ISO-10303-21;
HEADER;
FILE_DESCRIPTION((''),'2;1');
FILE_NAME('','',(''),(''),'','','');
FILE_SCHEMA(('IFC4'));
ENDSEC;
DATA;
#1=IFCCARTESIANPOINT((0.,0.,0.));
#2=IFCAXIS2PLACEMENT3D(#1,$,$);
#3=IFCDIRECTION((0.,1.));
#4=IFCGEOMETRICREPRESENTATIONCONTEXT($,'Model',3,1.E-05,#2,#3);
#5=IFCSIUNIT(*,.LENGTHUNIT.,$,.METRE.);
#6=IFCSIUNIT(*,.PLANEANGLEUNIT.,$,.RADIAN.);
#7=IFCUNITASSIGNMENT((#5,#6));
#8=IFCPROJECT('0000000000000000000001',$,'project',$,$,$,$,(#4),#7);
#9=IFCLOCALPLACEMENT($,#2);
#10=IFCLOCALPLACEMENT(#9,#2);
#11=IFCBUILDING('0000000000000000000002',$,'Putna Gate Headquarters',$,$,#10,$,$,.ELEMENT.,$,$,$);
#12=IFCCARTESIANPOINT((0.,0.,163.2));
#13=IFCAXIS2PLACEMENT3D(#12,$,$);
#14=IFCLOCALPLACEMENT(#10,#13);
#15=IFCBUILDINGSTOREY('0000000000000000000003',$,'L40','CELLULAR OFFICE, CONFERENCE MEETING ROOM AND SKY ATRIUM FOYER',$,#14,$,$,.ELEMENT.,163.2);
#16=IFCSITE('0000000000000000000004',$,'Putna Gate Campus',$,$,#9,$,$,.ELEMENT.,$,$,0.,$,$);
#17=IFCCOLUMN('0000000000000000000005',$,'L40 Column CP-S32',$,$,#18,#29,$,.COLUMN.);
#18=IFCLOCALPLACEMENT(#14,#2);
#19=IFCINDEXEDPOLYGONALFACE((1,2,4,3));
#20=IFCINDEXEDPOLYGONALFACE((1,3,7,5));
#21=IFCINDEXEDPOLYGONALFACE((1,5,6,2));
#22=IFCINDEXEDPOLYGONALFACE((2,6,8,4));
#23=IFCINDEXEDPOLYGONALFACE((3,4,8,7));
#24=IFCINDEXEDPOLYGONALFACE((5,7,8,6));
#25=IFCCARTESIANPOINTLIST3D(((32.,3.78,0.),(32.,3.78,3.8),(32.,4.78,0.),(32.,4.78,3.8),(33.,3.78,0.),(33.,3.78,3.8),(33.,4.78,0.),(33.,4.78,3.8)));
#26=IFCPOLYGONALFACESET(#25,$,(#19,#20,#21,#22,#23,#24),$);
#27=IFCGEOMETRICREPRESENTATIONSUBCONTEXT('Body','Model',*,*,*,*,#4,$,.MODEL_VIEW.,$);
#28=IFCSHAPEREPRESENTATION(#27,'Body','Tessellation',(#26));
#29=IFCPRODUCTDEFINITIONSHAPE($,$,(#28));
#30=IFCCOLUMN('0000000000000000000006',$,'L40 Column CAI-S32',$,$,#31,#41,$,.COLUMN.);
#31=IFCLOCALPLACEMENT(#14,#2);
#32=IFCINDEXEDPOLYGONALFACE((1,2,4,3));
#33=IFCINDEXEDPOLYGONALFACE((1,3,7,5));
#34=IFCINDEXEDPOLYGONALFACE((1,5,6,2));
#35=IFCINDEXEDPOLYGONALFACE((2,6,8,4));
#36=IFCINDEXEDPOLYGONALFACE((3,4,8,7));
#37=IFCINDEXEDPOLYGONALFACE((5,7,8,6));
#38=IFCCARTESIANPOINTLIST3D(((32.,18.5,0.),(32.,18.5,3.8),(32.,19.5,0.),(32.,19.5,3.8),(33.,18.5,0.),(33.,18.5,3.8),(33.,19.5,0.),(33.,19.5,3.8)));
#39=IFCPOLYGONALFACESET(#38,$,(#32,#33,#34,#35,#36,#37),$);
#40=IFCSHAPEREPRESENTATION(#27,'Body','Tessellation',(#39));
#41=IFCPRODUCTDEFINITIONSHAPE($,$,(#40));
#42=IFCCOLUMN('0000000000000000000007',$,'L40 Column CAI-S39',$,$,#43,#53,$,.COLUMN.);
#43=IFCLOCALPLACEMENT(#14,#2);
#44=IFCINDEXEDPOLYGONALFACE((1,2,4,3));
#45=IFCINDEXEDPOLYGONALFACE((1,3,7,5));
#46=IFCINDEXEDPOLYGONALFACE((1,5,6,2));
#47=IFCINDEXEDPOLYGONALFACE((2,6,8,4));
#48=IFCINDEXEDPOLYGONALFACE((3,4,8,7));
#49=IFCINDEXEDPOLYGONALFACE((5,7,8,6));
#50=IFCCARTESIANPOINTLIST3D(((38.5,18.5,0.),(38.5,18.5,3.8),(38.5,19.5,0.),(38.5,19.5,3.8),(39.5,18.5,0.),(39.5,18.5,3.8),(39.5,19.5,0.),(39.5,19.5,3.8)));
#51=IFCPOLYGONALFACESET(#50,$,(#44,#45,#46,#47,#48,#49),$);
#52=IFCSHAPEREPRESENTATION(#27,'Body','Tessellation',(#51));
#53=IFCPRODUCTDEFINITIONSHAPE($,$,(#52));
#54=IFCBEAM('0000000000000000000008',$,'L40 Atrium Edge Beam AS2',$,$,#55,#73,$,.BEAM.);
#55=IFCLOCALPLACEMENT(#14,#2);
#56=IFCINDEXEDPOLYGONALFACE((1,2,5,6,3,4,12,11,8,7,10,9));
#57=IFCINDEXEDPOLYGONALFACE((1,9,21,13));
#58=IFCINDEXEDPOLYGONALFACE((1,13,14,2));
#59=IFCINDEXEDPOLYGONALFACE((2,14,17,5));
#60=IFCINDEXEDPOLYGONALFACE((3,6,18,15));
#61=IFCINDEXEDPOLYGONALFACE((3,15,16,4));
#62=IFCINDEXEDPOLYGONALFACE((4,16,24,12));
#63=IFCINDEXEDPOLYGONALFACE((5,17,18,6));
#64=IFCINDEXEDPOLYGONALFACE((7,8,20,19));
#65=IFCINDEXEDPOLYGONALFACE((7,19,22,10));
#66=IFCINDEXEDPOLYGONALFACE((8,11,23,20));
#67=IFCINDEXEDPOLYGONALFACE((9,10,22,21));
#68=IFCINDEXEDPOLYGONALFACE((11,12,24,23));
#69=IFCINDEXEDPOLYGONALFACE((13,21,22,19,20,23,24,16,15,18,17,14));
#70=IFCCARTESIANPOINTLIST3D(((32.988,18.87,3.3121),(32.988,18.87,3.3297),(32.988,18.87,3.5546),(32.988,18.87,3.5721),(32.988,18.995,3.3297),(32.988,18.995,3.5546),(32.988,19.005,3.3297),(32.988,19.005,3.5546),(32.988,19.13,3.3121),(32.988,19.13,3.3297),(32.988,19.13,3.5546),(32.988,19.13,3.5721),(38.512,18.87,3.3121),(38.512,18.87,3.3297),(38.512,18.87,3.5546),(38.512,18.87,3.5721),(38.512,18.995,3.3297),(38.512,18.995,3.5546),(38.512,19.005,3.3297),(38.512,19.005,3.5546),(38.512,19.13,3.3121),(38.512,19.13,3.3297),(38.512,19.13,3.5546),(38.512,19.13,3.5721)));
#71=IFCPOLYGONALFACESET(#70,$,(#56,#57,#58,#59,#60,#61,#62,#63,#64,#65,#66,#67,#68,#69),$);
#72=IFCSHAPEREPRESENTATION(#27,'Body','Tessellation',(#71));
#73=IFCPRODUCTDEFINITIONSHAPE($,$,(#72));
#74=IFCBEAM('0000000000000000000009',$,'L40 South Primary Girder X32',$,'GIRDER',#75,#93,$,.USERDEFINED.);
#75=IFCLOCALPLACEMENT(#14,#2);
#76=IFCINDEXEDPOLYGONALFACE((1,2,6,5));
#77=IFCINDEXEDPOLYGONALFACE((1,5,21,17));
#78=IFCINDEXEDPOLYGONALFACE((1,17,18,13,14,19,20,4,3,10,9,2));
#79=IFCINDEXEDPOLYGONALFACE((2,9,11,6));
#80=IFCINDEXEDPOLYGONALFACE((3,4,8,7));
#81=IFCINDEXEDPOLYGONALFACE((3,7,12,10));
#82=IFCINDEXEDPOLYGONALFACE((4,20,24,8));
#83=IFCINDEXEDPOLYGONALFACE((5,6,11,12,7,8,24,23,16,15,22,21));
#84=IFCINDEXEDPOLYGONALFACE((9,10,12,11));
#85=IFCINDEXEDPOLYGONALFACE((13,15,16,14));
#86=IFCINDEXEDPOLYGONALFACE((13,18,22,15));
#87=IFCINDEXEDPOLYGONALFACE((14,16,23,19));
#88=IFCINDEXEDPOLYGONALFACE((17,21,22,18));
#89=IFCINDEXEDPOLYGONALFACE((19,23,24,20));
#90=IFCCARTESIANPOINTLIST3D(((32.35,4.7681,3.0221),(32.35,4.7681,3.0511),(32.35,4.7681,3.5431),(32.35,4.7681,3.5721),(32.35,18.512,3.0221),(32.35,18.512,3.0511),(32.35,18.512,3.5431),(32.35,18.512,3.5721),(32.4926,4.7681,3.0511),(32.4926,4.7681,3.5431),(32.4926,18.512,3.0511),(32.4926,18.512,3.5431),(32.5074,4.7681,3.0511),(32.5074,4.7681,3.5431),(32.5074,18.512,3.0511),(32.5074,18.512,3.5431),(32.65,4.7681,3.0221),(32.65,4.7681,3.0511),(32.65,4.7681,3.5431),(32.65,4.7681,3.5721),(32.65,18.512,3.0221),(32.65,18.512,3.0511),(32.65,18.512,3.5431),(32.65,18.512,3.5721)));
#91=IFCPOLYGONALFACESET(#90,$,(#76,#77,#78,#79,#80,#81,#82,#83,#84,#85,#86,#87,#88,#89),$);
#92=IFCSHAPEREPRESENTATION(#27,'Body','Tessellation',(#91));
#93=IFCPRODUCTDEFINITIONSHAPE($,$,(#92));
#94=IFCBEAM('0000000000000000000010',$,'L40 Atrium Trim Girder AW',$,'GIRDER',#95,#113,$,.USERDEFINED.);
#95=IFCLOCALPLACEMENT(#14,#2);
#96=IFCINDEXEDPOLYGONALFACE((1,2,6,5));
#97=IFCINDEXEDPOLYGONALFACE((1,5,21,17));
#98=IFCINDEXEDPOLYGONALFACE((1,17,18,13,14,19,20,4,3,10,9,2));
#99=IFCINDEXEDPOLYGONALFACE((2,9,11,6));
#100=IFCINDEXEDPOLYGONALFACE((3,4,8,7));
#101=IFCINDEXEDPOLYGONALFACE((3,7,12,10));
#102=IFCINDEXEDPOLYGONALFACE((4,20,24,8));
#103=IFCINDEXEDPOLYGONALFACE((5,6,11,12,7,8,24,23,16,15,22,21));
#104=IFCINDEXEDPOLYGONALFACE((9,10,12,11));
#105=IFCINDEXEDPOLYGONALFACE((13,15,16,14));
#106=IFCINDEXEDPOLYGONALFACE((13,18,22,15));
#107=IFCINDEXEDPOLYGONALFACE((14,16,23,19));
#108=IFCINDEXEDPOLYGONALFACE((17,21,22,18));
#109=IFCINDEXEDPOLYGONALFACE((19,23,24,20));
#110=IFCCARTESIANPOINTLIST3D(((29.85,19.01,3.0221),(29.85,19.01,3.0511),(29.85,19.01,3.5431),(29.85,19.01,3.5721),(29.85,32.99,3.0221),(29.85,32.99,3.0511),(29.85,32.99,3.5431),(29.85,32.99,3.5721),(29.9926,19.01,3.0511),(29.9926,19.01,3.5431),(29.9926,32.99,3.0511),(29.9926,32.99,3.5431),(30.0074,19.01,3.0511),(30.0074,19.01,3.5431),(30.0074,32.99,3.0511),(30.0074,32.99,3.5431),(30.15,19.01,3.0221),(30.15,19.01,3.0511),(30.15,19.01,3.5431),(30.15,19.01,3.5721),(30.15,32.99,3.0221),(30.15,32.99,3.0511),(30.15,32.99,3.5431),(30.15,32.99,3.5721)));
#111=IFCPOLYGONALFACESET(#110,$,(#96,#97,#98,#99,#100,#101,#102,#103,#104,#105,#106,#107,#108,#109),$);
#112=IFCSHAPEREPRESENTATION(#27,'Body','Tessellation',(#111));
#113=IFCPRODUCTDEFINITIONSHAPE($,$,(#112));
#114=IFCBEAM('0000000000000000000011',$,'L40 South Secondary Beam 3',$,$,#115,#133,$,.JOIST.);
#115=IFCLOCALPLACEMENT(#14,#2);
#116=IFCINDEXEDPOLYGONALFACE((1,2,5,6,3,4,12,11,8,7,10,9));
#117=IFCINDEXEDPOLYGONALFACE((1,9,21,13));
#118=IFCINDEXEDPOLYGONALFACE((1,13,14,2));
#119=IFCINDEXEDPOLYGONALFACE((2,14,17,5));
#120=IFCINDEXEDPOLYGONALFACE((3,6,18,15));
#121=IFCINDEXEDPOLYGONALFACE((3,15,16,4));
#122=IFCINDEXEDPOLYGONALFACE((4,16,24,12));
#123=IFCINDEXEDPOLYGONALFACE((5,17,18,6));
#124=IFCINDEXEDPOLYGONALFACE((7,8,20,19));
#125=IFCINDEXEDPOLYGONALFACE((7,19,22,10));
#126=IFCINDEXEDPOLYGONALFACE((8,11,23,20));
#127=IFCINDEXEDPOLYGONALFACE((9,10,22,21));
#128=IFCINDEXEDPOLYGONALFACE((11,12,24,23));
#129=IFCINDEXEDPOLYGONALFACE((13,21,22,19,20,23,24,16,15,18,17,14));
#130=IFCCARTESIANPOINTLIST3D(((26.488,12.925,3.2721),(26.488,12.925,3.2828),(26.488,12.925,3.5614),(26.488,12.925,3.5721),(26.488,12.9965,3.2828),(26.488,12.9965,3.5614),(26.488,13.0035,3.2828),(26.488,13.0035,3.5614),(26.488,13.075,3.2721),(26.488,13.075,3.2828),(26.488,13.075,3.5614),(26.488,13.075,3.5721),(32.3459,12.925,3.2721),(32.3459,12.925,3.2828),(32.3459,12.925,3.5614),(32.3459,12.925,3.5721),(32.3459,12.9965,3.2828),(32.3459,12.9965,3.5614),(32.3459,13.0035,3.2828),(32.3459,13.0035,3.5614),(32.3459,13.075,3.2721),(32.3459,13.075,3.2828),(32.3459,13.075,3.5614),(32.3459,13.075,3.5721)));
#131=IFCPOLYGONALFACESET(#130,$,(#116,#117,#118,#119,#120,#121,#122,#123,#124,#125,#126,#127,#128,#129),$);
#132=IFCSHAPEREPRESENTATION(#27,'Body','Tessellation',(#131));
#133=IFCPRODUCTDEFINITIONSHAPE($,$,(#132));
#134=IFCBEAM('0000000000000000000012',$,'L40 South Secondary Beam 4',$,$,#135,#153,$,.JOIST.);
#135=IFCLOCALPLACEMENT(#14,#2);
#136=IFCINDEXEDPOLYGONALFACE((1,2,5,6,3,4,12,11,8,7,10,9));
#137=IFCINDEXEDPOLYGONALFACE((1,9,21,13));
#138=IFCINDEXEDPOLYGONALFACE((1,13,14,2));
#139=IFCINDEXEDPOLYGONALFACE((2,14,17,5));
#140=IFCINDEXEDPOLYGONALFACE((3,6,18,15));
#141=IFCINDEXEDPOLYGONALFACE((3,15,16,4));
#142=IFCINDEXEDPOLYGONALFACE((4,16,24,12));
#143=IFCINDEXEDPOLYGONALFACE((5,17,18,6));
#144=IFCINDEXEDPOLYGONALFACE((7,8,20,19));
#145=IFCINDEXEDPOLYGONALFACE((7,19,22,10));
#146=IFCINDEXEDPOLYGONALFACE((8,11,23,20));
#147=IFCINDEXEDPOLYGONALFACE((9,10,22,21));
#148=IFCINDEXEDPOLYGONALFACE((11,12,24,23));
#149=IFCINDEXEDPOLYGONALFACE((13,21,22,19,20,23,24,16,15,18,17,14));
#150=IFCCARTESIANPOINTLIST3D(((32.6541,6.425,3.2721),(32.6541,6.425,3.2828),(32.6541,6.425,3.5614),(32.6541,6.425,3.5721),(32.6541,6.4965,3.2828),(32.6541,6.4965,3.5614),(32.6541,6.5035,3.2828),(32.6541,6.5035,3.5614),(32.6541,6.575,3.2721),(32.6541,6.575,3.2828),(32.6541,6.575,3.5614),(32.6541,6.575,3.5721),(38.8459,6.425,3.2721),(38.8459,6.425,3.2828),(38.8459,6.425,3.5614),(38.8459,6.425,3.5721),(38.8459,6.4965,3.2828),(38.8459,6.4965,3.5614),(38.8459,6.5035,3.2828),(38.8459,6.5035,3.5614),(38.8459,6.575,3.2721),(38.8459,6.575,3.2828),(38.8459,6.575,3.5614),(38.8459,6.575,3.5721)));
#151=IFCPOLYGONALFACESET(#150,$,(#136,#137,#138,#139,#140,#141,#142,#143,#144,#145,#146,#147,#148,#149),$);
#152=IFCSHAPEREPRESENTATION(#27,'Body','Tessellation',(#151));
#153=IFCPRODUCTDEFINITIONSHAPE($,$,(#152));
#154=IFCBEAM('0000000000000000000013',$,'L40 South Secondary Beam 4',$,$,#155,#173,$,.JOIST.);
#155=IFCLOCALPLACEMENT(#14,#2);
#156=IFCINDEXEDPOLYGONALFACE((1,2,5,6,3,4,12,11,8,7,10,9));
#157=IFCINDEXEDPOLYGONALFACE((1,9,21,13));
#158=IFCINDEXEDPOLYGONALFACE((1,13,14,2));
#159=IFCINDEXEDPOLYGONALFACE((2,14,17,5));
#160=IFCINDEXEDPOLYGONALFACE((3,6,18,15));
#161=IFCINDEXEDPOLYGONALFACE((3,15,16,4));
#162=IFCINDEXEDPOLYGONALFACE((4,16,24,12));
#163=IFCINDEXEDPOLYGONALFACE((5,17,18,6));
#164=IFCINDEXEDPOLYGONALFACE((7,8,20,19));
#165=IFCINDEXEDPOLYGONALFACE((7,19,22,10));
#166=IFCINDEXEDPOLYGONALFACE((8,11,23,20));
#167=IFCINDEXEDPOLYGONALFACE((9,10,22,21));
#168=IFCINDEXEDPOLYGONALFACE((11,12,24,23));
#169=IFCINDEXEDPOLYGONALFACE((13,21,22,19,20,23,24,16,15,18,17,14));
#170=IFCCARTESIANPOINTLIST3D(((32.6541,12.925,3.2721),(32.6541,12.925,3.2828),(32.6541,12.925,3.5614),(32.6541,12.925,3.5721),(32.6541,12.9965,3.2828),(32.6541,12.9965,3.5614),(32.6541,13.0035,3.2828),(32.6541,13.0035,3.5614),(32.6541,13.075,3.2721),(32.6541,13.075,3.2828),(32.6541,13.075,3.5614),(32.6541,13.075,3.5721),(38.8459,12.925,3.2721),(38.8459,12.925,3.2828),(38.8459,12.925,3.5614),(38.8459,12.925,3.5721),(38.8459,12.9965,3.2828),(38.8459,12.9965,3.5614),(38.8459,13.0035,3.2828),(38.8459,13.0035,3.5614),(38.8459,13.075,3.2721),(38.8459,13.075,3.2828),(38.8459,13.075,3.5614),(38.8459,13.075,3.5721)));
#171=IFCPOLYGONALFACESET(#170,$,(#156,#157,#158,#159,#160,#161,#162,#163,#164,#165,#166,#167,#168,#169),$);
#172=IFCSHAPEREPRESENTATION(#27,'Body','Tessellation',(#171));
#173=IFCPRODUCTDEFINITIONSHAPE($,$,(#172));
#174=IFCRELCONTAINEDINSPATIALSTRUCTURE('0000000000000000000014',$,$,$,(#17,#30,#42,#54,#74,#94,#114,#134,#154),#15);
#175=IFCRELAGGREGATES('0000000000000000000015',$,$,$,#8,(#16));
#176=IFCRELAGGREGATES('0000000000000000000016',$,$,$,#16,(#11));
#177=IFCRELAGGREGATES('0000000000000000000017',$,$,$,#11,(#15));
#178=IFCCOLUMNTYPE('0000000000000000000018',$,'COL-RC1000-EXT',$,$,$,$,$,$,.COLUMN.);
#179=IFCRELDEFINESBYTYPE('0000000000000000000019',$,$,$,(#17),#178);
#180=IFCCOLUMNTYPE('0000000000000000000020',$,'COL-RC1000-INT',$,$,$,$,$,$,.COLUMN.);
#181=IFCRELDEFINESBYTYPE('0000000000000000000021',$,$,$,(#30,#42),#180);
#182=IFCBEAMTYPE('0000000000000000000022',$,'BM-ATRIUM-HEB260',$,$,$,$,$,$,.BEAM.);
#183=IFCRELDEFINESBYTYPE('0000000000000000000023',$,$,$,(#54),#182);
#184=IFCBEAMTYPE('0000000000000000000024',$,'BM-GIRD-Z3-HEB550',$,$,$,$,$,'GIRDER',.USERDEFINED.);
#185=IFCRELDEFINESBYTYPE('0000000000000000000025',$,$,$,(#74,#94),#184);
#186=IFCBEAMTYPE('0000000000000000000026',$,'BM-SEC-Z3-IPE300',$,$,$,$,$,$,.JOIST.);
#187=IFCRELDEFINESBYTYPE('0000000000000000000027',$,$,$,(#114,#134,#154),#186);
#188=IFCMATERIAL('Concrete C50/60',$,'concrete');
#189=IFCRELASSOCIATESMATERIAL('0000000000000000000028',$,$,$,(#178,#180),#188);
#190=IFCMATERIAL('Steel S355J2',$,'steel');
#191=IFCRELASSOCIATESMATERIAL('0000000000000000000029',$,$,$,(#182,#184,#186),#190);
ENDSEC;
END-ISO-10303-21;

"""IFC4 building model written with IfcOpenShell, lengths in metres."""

from ifc_helpers import new_model, si_unit, direction, frame, origin, origin_2d, place, context, subcontext, project, spatial, rectangle, i_section, extrude, material, material_profile, profile_set, type_object, element, save


model = new_model("IFC4")

# Units and contexts
model_context = context("Model", 3, precision=1e-05, world=origin(), true_north=direction((0.0, 1.0)))
body_context = subcontext(model_context, "Body", "Model", "MODEL_VIEW")
ifc_project = project(units=[si_unit("LENGTHUNIT", "METRE"), si_unit("PLANEANGLEUNIT", "RADIAN")], contexts=[model_context])

# Site, building, storey
site_placement = place(None, origin())
site = spatial("IfcSite", under=ifc_project, at=site_placement, Name="Putna Gate Campus", CompositionType="ELEMENT", RefElevation=0.0)
building_placement = place(site_placement, origin())
building = spatial("IfcBuilding", under=site, at=building_placement, Name="Putna Gate Headquarters", CompositionType="ELEMENT")
storey_placement = place(building_placement, frame((0.0, 0.0, 163.2)))
storey = spatial("IfcBuildingStorey", under=building, at=storey_placement, Name="L40", Description="CELLULAR OFFICE, CONFERENCE MEETING ROOM AND SKY ATRIUM FOYER", CompositionType="ELEMENT", Elevation=163.2)

# Columns
ifc_material_1 = material(Name="Concrete C50/60", Category="concrete")
ifc_material_profile_1 = material_profile(ifc_material_1, rectangle(XDim=1.0, YDim=1.0, at=origin_2d()), Name="Concrete C50/60")
ifc_profile_set_1 = profile_set([ifc_material_profile_1], Name="Concrete C50/60")
column_type_1 = type_object("IfcColumnType", Name="COL-RC1000-EXT", PredefinedType="COLUMN", material=ifc_profile_set_1)
column_placement = place(storey_placement, frame((32.5, 4.28, 0.0), z_axis=(0.0, 0.0, 1.0), x_axis=(1.0, 0.0, 0.0)))
element("IfcColumn", 1, at=column_placement, inside=storey, type_object=column_type_1, Name="L40 Column CP-S32", PredefinedType="COLUMN", context=body_context, shape_type="SweptSolid", body=[
    extrude(rectangle(XDim=1.0, YDim=1.0, at=origin_2d()), origin(), (0.0, 0.0, 1.0), 3.8),
])
ifc_material_profile_2 = material_profile(ifc_material_1, rectangle(XDim=1.0, YDim=1.0, at=origin_2d()), Name="Concrete C50/60")
ifc_profile_set_2 = profile_set([ifc_material_profile_2], Name="Concrete C50/60")
column_type_2 = type_object("IfcColumnType", Name="COL-RC1000-INT", PredefinedType="COLUMN", material=ifc_profile_set_2)
for number, where, z_axis, x_axis, name in (
    (2, (32.5, 19.0, 0.0), (0.0, 0.0, 1.0), (1.0, 0.0, 0.0), "L40 Column CAI-S32"),
    (3, (39.0, 19.0, 0.0), (0.0, 0.0, 1.0), (1.0, 0.0, 0.0), "L40 Column CAI-S39"),
):
    element("IfcColumn", number, at=place(storey_placement, frame(where, z_axis=z_axis, x_axis=x_axis)), inside=storey, type_object=column_type_2, Name=name, PredefinedType="COLUMN", context=body_context, shape_type="SweptSolid", body=[
        extrude(rectangle(XDim=1.0, YDim=1.0, at=origin_2d()), origin(), (0.0, 0.0, 1.0), 3.8),
    ])

# Beams
ifc_material_2 = material(Name="Steel S355J2", Category="steel")
ifc_material_profile_3 = material_profile(ifc_material_2, i_section(OverallWidth=0.26, OverallDepth=0.26, WebThickness=0.01, FlangeThickness=0.0176, at=origin_2d()), Name="Steel S355J2")
ifc_profile_set_3 = profile_set([ifc_material_profile_3], Name="Steel S355J2")
beam_type_1 = type_object("IfcBeamType", Name="BM-ATRIUM-HEB260", PredefinedType="BEAM", material=ifc_profile_set_3)
beam_1_placement = place(storey_placement, frame((32.988, 19.0, 3.4421), z_axis=(1.0, 0.0, 0.0), x_axis=(0.0, 1.0, 0.0)))
element("IfcBeam", 4, at=beam_1_placement, inside=storey, type_object=beam_type_1, Name="L40 Atrium Edge Beam AS2", PredefinedType="BEAM", context=body_context, shape_type="SweptSolid", body=[
    extrude(i_section(OverallWidth=0.26, OverallDepth=0.26, WebThickness=0.01, FlangeThickness=0.0176, at=origin_2d()), origin(), (0.0, 0.0, 1.0), 5.5239),
])
ifc_material_profile_4 = material_profile(ifc_material_2, i_section(OverallWidth=0.3, OverallDepth=0.55, WebThickness=0.0149, FlangeThickness=0.0291, at=origin_2d()), Name="Steel S355J2")
ifc_profile_set_4 = profile_set([ifc_material_profile_4], Name="Steel S355J2")
beam_type_2 = type_object("IfcBeamType", Name="BM-GIRD-Z3-HEB550", ElementType="GIRDER", PredefinedType="USERDEFINED", material=ifc_profile_set_4)
beam_2_placement = place(storey_placement, frame((32.5, 4.7681, 3.2971), z_axis=(0.0, 1.0, 0.0), x_axis=(-1.0, 0.0, 0.0)))
element("IfcBeam", 5, at=beam_2_placement, inside=storey, type_object=beam_type_2, Name="L40 South Primary Girder X32", ObjectType="GIRDER", PredefinedType="USERDEFINED", context=body_context, shape_type="SweptSolid", body=[
    extrude(i_section(OverallWidth=0.3, OverallDepth=0.55, WebThickness=0.0149, FlangeThickness=0.0291, at=origin_2d()), origin(), (0.0, 0.0, 1.0), 13.7439),
])
beam_3_placement = place(storey_placement, frame((30.0, 19.01, 3.2971), z_axis=(0.0, 1.0, 0.0), x_axis=(-1.0, 0.0, 0.0)))
element("IfcBeam", 6, at=beam_3_placement, inside=storey, type_object=beam_type_2, Name="L40 Atrium Trim Girder AW", ObjectType="GIRDER", PredefinedType="USERDEFINED", context=body_context, shape_type="SweptSolid", body=[
    extrude(i_section(OverallWidth=0.3, OverallDepth=0.55, WebThickness=0.0149, FlangeThickness=0.0291, at=origin_2d()), origin(), (0.0, 0.0, 1.0), 13.98),
])
ifc_material_profile_5 = material_profile(ifc_material_2, i_section(OverallWidth=0.1499, OverallDepth=0.3, WebThickness=0.0071, FlangeThickness=0.0107, at=origin_2d()), Name="Steel S355J2")
ifc_profile_set_5 = profile_set([ifc_material_profile_5], Name="Steel S355J2")
beam_type_3 = type_object("IfcBeamType", Name="BM-SEC-Z3-IPE300", PredefinedType="JOIST", material=ifc_profile_set_5)
beam_4_placement = place(storey_placement, frame((26.488, 13.0, 3.4221), z_axis=(1.0, 0.0, 0.0), x_axis=(0.0, 1.0, 0.0)))
element("IfcBeam", 7, at=beam_4_placement, inside=storey, type_object=beam_type_3, Name="L40 South Secondary Beam 3", PredefinedType="JOIST", context=body_context, shape_type="SweptSolid", body=[
    extrude(i_section(OverallWidth=0.1499, OverallDepth=0.3, WebThickness=0.0071, FlangeThickness=0.0107, at=origin_2d()), origin(), (0.0, 0.0, 1.0), 5.8579),
])
for number, where, z_axis, x_axis, name in (
    (8, (32.6541, 6.5, 3.4221), (1.0, 0.0, 0.0), (0.0, 1.0, 0.0), "L40 South Secondary Beam 4"),
    (9, (32.6541, 13.0, 3.4221), (1.0, 0.0, 0.0), (0.0, 1.0, 0.0), "L40 South Secondary Beam 4"),
):
    element("IfcBeam", number, at=place(storey_placement, frame(where, z_axis=z_axis, x_axis=x_axis)), inside=storey, type_object=beam_type_3, Name=name, PredefinedType="JOIST", context=body_context, shape_type="SweptSolid", body=[
        extrude(i_section(OverallWidth=0.1499, OverallDepth=0.3, WebThickness=0.0071, FlangeThickness=0.0107, at=origin_2d()), origin(), (0.0, 0.0, 1.0), 6.1919),
    ])

save(model, "model.ifc")
